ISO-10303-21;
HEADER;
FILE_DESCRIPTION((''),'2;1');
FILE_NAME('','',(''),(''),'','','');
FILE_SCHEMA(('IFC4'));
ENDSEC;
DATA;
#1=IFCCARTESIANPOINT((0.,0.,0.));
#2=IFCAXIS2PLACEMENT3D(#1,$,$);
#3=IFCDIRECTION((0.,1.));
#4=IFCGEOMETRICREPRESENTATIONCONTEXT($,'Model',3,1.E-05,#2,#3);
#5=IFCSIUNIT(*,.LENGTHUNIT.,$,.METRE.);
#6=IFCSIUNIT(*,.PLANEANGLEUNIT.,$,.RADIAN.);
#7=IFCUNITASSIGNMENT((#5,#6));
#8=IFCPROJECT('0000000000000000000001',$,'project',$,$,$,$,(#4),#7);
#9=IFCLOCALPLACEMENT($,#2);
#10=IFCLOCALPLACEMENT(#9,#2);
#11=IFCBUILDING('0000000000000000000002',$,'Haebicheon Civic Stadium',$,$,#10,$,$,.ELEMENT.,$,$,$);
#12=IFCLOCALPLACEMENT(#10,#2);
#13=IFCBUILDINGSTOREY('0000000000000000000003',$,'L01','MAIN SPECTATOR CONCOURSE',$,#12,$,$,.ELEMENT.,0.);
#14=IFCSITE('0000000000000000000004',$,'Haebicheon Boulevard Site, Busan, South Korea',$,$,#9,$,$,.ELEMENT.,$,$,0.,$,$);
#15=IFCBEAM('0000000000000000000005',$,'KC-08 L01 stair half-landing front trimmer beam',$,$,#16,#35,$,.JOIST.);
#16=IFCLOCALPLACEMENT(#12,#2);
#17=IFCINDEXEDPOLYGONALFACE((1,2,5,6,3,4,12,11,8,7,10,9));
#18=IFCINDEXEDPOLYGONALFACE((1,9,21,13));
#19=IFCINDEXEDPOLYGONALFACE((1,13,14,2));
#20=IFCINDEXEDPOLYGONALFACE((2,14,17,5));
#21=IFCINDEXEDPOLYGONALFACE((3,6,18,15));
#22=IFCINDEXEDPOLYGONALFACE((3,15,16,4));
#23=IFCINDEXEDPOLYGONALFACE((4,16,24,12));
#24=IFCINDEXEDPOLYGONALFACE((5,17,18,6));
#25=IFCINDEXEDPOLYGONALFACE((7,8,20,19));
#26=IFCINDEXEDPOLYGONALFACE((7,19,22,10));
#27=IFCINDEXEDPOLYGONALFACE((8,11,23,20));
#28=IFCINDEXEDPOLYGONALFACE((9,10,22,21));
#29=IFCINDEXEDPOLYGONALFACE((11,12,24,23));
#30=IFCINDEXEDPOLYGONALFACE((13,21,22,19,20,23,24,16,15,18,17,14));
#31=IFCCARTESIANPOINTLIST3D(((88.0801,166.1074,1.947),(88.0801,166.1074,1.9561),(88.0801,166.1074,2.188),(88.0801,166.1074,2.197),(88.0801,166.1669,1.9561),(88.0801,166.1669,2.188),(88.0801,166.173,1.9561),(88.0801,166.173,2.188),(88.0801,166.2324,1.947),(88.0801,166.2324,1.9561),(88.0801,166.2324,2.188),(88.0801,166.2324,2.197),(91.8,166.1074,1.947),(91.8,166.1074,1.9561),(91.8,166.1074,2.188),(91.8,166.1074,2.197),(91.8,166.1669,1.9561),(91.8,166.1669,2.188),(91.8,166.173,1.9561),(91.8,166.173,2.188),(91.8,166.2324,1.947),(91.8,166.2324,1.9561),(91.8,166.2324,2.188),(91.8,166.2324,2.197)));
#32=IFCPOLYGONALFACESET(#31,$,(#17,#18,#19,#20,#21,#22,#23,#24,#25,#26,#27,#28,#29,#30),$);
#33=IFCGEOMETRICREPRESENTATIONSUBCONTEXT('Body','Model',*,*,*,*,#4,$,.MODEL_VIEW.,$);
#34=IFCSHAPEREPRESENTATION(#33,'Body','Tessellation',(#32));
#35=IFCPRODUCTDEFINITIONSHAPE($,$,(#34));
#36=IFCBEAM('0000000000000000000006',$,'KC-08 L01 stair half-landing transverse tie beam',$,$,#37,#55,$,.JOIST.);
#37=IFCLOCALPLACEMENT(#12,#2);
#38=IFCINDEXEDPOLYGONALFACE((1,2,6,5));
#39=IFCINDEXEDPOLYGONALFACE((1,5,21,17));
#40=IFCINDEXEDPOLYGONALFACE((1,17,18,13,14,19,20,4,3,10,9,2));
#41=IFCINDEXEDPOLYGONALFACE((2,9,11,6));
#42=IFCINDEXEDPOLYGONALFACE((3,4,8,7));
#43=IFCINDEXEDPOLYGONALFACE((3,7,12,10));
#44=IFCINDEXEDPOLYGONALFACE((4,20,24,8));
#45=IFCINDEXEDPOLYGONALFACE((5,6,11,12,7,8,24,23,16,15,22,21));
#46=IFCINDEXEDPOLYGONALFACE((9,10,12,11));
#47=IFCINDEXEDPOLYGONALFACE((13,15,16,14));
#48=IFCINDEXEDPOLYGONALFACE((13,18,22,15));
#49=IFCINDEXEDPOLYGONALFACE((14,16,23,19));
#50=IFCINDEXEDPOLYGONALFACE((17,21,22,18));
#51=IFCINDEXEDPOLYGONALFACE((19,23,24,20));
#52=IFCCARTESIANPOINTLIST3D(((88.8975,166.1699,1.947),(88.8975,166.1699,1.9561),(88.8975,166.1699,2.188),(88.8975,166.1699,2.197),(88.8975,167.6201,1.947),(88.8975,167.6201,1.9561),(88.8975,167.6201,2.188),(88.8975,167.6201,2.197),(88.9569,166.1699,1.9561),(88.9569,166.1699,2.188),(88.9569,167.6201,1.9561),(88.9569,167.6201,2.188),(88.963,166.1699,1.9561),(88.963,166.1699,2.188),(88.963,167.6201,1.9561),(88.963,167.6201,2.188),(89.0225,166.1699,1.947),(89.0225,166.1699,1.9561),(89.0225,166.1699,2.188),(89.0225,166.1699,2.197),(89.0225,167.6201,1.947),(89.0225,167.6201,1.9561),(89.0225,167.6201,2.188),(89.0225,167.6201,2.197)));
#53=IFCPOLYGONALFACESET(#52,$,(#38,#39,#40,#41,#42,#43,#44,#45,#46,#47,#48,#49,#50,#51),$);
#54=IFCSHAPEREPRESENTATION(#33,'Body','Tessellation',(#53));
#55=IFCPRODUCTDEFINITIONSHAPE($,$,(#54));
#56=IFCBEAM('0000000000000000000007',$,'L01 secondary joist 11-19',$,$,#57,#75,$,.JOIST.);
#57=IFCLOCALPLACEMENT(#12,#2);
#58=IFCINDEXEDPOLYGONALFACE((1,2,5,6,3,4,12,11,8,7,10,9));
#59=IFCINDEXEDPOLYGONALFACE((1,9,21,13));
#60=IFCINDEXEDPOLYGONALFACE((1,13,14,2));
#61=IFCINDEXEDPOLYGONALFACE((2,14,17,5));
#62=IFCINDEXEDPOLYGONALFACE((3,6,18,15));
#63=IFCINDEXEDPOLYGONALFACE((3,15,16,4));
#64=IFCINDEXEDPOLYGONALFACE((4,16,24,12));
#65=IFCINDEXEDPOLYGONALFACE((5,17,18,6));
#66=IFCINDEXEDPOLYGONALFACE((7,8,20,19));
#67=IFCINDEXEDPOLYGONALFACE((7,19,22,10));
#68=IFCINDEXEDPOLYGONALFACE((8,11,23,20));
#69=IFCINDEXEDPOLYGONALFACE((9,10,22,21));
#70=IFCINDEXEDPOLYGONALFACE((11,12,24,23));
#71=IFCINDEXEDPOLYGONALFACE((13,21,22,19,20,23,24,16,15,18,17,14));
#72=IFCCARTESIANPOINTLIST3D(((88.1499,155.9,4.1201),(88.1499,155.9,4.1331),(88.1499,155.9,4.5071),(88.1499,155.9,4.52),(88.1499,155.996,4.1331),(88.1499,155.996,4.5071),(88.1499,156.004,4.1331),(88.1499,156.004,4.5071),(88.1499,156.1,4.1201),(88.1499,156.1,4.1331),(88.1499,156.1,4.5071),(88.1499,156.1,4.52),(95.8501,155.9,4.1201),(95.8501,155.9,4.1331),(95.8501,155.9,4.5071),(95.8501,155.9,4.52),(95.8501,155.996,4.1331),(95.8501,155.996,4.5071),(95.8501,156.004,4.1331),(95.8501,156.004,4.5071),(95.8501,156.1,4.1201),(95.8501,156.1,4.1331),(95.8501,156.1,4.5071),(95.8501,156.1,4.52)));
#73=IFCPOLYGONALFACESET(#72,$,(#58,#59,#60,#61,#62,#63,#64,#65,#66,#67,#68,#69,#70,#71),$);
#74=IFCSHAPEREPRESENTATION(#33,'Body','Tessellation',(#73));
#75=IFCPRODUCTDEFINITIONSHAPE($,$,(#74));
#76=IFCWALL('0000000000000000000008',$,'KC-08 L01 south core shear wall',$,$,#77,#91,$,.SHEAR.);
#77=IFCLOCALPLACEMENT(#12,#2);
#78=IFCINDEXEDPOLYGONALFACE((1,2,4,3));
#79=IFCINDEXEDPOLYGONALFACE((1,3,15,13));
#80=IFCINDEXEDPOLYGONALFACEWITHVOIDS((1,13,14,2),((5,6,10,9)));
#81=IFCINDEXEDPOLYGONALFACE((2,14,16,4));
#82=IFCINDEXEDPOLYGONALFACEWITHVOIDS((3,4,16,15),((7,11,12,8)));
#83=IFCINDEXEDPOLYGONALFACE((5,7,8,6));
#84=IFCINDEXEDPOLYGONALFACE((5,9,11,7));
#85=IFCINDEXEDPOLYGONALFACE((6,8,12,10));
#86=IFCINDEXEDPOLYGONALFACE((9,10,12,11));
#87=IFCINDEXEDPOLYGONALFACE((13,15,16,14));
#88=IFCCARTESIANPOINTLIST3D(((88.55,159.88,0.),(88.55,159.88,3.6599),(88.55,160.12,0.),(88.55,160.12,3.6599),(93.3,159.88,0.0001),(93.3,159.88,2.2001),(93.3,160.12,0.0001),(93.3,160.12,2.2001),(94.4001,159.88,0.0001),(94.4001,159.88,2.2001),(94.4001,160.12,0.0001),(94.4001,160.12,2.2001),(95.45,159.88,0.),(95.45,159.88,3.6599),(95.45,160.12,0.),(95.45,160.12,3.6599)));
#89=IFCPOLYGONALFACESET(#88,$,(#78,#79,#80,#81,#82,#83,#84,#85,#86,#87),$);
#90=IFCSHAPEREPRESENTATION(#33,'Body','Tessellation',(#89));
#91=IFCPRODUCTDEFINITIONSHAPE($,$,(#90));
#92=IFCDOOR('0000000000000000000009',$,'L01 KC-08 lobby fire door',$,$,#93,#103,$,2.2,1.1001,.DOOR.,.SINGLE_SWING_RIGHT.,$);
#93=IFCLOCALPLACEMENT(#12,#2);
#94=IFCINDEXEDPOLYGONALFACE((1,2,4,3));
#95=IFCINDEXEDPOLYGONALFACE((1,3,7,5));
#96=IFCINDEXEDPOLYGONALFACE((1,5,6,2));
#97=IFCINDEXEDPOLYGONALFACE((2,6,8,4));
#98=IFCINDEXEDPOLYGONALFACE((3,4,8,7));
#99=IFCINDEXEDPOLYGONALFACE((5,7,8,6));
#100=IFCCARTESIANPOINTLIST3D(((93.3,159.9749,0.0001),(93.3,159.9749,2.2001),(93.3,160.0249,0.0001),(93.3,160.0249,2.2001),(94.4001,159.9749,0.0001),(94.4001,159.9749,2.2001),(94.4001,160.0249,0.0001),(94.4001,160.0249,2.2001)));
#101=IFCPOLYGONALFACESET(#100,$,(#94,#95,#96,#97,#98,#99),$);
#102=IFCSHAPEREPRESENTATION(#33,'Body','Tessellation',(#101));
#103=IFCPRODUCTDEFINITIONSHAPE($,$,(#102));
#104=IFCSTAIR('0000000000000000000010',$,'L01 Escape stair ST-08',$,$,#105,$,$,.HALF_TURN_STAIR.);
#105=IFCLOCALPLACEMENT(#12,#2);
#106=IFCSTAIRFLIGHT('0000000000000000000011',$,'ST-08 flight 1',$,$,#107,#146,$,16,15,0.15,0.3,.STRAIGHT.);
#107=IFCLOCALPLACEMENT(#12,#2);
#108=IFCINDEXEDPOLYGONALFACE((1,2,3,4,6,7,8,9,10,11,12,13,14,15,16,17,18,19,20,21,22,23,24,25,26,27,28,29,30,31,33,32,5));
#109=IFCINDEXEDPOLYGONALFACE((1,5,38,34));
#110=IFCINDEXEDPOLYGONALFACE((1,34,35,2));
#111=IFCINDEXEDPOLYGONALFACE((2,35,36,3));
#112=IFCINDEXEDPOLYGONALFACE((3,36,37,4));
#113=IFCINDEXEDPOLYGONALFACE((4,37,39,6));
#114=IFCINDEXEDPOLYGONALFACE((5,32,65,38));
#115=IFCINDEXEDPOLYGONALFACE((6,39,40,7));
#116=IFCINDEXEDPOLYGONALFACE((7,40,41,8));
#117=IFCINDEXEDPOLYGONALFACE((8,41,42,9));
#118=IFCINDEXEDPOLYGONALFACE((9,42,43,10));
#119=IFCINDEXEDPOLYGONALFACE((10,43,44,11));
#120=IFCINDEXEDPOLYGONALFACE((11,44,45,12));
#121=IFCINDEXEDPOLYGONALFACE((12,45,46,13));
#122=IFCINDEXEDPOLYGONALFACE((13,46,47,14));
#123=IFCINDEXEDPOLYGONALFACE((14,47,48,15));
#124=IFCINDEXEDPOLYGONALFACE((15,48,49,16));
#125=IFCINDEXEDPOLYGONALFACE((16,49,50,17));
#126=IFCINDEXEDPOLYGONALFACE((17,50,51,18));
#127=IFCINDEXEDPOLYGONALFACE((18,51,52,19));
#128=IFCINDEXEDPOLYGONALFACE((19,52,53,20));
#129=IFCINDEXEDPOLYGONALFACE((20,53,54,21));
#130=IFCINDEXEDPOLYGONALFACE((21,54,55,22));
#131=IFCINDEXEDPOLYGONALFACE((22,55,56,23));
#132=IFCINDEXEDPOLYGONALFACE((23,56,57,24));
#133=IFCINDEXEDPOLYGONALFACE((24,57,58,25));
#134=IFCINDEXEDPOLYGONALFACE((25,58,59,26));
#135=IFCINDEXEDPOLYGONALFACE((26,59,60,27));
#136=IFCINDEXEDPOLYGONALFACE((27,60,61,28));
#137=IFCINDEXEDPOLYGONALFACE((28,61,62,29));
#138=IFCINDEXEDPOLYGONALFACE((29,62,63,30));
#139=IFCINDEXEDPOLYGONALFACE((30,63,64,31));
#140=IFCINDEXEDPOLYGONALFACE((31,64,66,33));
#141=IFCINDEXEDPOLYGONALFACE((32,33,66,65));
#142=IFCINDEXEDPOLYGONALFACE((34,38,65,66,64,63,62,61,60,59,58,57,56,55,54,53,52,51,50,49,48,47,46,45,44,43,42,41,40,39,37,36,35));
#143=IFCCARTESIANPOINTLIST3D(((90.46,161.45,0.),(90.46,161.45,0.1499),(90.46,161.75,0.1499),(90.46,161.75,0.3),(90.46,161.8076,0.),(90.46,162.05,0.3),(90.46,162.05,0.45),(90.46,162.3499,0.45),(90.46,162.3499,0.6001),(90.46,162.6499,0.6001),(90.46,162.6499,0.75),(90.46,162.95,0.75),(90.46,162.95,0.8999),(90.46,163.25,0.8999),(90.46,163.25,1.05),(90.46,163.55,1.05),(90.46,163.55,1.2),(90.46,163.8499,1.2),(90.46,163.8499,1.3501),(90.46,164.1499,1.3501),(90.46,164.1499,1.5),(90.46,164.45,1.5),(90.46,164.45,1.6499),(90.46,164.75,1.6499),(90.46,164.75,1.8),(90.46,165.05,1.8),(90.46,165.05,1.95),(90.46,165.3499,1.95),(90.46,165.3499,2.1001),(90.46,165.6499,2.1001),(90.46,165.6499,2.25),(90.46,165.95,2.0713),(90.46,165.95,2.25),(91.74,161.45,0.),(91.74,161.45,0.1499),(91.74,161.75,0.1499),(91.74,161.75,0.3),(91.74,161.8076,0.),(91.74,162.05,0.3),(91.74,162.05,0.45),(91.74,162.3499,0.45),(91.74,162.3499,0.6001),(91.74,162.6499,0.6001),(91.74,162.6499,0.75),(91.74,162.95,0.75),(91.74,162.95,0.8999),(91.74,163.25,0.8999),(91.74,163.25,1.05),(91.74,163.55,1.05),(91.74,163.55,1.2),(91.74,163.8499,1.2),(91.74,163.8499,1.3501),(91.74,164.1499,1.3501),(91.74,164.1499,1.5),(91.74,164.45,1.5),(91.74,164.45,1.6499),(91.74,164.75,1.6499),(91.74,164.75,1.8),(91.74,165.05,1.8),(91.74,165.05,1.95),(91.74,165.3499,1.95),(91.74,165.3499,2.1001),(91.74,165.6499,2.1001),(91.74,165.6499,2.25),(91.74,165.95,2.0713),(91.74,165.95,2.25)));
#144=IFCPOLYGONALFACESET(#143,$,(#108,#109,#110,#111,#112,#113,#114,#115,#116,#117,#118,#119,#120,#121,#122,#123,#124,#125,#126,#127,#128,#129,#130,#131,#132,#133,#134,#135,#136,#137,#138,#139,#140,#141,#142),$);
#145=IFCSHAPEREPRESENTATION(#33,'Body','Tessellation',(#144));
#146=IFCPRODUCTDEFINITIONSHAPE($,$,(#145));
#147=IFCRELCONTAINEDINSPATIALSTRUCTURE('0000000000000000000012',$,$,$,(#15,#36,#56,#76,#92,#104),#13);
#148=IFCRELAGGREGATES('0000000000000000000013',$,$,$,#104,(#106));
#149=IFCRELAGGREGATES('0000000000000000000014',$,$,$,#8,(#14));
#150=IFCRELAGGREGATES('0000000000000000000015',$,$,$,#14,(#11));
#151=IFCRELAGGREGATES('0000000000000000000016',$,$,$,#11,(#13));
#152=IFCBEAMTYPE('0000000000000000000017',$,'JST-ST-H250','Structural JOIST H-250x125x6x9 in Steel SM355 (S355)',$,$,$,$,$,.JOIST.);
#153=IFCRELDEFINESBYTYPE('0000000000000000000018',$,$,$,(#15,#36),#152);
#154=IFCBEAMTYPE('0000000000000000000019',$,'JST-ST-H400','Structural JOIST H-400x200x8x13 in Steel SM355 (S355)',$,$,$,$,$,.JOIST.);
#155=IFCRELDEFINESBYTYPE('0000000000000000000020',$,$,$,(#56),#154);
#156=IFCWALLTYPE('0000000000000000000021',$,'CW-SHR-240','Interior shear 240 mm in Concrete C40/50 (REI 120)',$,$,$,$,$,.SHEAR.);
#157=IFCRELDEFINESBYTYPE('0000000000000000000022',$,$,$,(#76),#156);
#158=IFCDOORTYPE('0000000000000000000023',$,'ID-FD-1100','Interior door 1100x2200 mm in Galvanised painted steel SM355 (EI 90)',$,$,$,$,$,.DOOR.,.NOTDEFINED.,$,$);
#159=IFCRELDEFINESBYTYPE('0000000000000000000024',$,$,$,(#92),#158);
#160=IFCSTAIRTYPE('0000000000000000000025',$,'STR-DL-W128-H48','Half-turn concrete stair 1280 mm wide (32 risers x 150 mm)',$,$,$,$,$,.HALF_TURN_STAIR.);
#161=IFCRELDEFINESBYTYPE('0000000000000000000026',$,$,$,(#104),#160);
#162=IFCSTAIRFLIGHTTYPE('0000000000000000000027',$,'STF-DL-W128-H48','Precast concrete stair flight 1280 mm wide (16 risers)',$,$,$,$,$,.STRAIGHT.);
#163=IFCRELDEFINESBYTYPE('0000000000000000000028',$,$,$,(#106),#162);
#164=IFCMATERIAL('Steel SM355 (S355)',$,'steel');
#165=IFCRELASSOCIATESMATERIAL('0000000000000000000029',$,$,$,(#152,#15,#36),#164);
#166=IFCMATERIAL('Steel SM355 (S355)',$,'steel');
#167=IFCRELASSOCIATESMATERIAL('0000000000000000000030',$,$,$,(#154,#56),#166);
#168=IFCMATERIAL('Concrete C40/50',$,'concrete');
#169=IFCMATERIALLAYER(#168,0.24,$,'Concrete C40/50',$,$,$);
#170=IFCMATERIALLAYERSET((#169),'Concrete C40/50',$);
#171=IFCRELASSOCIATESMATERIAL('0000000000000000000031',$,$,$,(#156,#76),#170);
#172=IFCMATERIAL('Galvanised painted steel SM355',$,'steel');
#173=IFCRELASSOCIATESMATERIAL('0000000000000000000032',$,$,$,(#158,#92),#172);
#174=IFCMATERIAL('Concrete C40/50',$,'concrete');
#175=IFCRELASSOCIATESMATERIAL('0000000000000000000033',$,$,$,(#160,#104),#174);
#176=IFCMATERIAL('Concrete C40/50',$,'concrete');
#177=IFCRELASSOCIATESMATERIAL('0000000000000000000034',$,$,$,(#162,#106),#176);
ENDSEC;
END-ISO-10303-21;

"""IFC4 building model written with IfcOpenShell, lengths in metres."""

from ifc_helpers import new_model, si_unit, direction, frame, frame_2d, origin, origin_2d, place, context, subcontext, project, spatial, polyline, rectangle, i_section, outline, extrude, material, layer, layer_set, material_profile, profile_set, type_object, element, fill, aggregate, save


model = new_model("IFC4")

# Units and contexts
model_context = context("Model", 3, precision=1e-05, world=origin(), true_north=direction((0.0, 1.0)))
body_context = subcontext(model_context, "Body", "Model", "MODEL_VIEW")
ifc_project = project(units=[si_unit("LENGTHUNIT", "METRE"), si_unit("PLANEANGLEUNIT", "RADIAN")], contexts=[model_context])

# Site, building, storey
site_placement = place(None, origin())
site = spatial("IfcSite", under=ifc_project, at=site_placement, Name="Haebicheon Boulevard Site, Busan, South Korea", CompositionType="ELEMENT", RefElevation=0.0)
building_placement = place(site_placement, origin())
building = spatial("IfcBuilding", under=site, at=building_placement, Name="Haebicheon Civic Stadium", CompositionType="ELEMENT")
storey_placement = place(building_placement, origin())
storey = spatial("IfcBuildingStorey", under=building, at=storey_placement, Name="L01", Description="MAIN SPECTATOR CONCOURSE", CompositionType="ELEMENT", Elevation=0.0)

# Beams
ifc_material_1 = material(Name="Steel SM355 (S355)", Category="steel")
ifc_material_profile_1 = material_profile(ifc_material_1, i_section(OverallWidth=0.125, OverallDepth=0.25, WebThickness=0.0061, FlangeThickness=0.009, at=origin_2d()), Name="H-250x125x6x9")
ifc_profile_set_1 = profile_set([ifc_material_profile_1], Name="Steel SM355 (S355)")
beam_type_1 = type_object("IfcBeamType", Name="JST-ST-H250", Description="Structural JOIST H-250x125x6x9 in Steel SM355 (S355)", PredefinedType="JOIST", material=ifc_profile_set_1)
beam_1_placement = place(storey_placement, frame((88.0801, 166.1699, 2.072), z_axis=(1.0, 0.0, 0.0), x_axis=(0.0, 1.0, 0.0)))
element("IfcBeam", 1, at=beam_1_placement, inside=storey, type_object=beam_type_1, material=ifc_profile_set_1, Name="KC-08 L01 stair half-landing front trimmer beam", PredefinedType="JOIST", context=body_context, shape_type="SweptSolid", body=[
    extrude(i_section(OverallWidth=0.125, OverallDepth=0.25, WebThickness=0.0061, FlangeThickness=0.009, at=origin_2d()), origin(), (0.0, 0.0, 1.0), 3.72),
])
beam_2_placement = place(storey_placement, frame((88.96, 166.1699, 2.072), z_axis=(0.0, 1.0, 0.0), x_axis=(-1.0, 0.0, 0.0)))
element("IfcBeam", 2, at=beam_2_placement, inside=storey, type_object=beam_type_1, material=ifc_profile_set_1, Name="KC-08 L01 stair half-landing transverse tie beam", PredefinedType="JOIST", context=body_context, shape_type="SweptSolid", body=[
    extrude(i_section(OverallWidth=0.125, OverallDepth=0.25, WebThickness=0.0061, FlangeThickness=0.009, at=origin_2d()), origin(), (0.0, 0.0, 1.0), 1.4502),
])
ifc_material_2 = material(Name="Steel SM355 (S355)", Category="steel")
ifc_material_profile_2 = material_profile(ifc_material_2, i_section(OverallWidth=0.2, OverallDepth=0.3999, WebThickness=0.0081, FlangeThickness=0.0129, at=origin_2d()), Name="H-400x200x8x13")
ifc_profile_set_2 = profile_set([ifc_material_profile_2], Name="Steel SM355 (S355)")
beam_type_2 = type_object("IfcBeamType", Name="JST-ST-H400", Description="Structural JOIST H-400x200x8x13 in Steel SM355 (S355)", PredefinedType="JOIST", material=ifc_profile_set_2)
beam_3_placement = place(storey_placement, frame((88.1499, 156.0, 4.3201), z_axis=(1.0, 0.0, 0.0), x_axis=(0.0, 1.0, 0.0)))
element("IfcBeam", 3, at=beam_3_placement, inside=storey, type_object=beam_type_2, material=ifc_profile_set_2, Name="L01 secondary joist 11-19", PredefinedType="JOIST", context=body_context, shape_type="SweptSolid", body=[
    extrude(i_section(OverallWidth=0.2, OverallDepth=0.3999, WebThickness=0.0081, FlangeThickness=0.0129, at=origin_2d()), origin(), (0.0, 0.0, 1.0), 7.7002),
])

# Wall, opening, door
ifc_material_3 = material(Name="Concrete C40/50", Category="concrete")
ifc_layer = layer(ifc_material_3, 0.24, Name="Concrete C40/50")
ifc_layer_set = layer_set([ifc_layer], Name="Concrete C40/50")
wall_type = type_object("IfcWallType", Name="CW-SHR-240", Description="Interior shear 240 mm in Concrete C40/50 (REI 120)", PredefinedType="SHEAR", material=ifc_layer_set)
wall_placement = place(storey_placement, frame((88.55, 160.0, 0.0), z_axis=(0.0, 0.0, 1.0), x_axis=(1.0, 0.0, 0.0)))
wall = element("IfcWall", 4, at=wall_placement, inside=storey, type_object=wall_type, material=ifc_layer_set, Name="KC-08 L01 south core shear wall", PredefinedType="SHEAR", context=body_context, shape_type="SweptSolid", body=[
    extrude(rectangle(XDim=6.8999, YDim=0.24, at=frame_2d((3.45, 0.0))), origin(), (0.0, 0.0, 1.0), 3.6599),
])
opening_placement = place(wall_placement, frame((4.75, 0.0, 0.0)))
opening = element("IfcOpeningElement", 5, at=opening_placement, cuts=wall, PredefinedType="OPENING", context=body_context, shape_type="SweptSolid", body=[
    extrude(rectangle(XDim=1.1001, YDim=2.2, at=frame_2d((0.55, 1.1001))), frame((0.0, 0.1299, 0.0), z_axis=(0.0, -1.0, 0.0), x_axis=(1.0, 0.0, 0.0)), (0.0, 0.0, 1.0), 0.26),
])
ifc_material_4 = material(Name="Galvanised painted steel SM355", Category="steel")
door_type = type_object("IfcDoorType", Name="ID-FD-1100", Description="Interior door 1100x2200 mm in Galvanised painted steel SM355 (EI 90)", OperationType="NOTDEFINED", PredefinedType="DOOR", material=ifc_material_4)
door_placement = place(opening_placement, origin())
door = element("IfcDoor", 6, at=door_placement, inside=storey, type_object=door_type, material=ifc_material_4, Name="L01 KC-08 lobby fire door", OperationType="SINGLE_SWING_RIGHT", OverallHeight=2.2, OverallWidth=1.1001, PredefinedType="DOOR", context=body_context, shape_type="SweptSolid", body=[
    extrude(rectangle(XDim=1.1001, YDim=2.2, at=frame_2d((0.55, 1.1001))), frame((0.0, 0.0249, 0.0), z_axis=(0.0, -1.0, 0.0), x_axis=(1.0, 0.0, 0.0)), (0.0, 0.0, 1.0), 0.05),
])
fill(opening, door)

# Stair, stair flight
ifc_material_5 = material(Name="Concrete C40/50", Category="concrete")
stair_type = type_object("IfcStairType", Name="STR-DL-W128-H48", Description="Half-turn concrete stair 1280 mm wide (32 risers x 150 mm)", PredefinedType="HALF_TURN_STAIR", material=ifc_material_5)
stair_placement = place(storey_placement, origin())
stair = element("IfcStair", 7, at=stair_placement, inside=storey, type_object=stair_type, material=ifc_material_5, Name="L01 Escape stair ST-08", PredefinedType="HALF_TURN_STAIR")
ifc_material_6 = material(Name="Concrete C40/50", Category="concrete")
stair_flight_type = type_object("IfcStairFlightType", Name="STF-DL-W128-H48", Description="Precast concrete stair flight 1280 mm wide (16 risers)", PredefinedType="STRAIGHT", material=ifc_material_6)
stair_flight_1_placement = place(storey_placement, frame((91.1001, 161.45, 0.0), z_axis=(0.0, 0.0, 1.0), x_axis=(0.0, 1.0, 0.0)))
stair_flight_1 = element("IfcStairFlight", 8, at=stair_flight_1_placement, type_object=stair_flight_type, material=ifc_material_6, Name="ST-08 flight 1", NumberOfRisers=16, NumberOfTreads=15, PredefinedType="STRAIGHT", RiserHeight=0.15, TreadLength=0.3, context=body_context, shape_type="SweptSolid", body=[
    extrude(outline(polyline([(0.0, 0.0), (0.0, 0.1499), (0.3, 0.1499), (0.3, 0.3), (0.6001, 0.3), (0.6001, 0.45), (0.8999, 0.45), (0.8999, 0.6001), (1.2, 0.6001), (1.2, 0.75), (1.5, 0.75), (1.5, 0.8999), (1.8, 0.8999), (1.8, 1.05), (2.1001, 1.05), (2.1001, 1.2), (2.3999, 1.2), (2.3999, 1.3501), (2.7, 1.3501), (2.7, 1.5), (3.0, 1.5), (3.0, 1.6499), (3.3, 1.6499), (3.3, 1.8), (3.6001, 1.8), (3.6001, 1.95), (3.8999, 1.95), (3.8999, 2.1001), (4.2, 2.1001), (4.2, 2.25), (4.5, 2.25), (4.5, 2.3999), (4.5, 2.0713), (0.3577, 0.0), (0.0, 0.0)])), frame((0.0, 0.6401, 0.0), z_axis=(0.0, -1.0, 0.0), x_axis=(1.0, 0.0, 0.0)), (0.0, 0.0, 1.0), 1.28),
])
aggregate(stair, [stair_flight_1])

save(model, "model.ifc")
